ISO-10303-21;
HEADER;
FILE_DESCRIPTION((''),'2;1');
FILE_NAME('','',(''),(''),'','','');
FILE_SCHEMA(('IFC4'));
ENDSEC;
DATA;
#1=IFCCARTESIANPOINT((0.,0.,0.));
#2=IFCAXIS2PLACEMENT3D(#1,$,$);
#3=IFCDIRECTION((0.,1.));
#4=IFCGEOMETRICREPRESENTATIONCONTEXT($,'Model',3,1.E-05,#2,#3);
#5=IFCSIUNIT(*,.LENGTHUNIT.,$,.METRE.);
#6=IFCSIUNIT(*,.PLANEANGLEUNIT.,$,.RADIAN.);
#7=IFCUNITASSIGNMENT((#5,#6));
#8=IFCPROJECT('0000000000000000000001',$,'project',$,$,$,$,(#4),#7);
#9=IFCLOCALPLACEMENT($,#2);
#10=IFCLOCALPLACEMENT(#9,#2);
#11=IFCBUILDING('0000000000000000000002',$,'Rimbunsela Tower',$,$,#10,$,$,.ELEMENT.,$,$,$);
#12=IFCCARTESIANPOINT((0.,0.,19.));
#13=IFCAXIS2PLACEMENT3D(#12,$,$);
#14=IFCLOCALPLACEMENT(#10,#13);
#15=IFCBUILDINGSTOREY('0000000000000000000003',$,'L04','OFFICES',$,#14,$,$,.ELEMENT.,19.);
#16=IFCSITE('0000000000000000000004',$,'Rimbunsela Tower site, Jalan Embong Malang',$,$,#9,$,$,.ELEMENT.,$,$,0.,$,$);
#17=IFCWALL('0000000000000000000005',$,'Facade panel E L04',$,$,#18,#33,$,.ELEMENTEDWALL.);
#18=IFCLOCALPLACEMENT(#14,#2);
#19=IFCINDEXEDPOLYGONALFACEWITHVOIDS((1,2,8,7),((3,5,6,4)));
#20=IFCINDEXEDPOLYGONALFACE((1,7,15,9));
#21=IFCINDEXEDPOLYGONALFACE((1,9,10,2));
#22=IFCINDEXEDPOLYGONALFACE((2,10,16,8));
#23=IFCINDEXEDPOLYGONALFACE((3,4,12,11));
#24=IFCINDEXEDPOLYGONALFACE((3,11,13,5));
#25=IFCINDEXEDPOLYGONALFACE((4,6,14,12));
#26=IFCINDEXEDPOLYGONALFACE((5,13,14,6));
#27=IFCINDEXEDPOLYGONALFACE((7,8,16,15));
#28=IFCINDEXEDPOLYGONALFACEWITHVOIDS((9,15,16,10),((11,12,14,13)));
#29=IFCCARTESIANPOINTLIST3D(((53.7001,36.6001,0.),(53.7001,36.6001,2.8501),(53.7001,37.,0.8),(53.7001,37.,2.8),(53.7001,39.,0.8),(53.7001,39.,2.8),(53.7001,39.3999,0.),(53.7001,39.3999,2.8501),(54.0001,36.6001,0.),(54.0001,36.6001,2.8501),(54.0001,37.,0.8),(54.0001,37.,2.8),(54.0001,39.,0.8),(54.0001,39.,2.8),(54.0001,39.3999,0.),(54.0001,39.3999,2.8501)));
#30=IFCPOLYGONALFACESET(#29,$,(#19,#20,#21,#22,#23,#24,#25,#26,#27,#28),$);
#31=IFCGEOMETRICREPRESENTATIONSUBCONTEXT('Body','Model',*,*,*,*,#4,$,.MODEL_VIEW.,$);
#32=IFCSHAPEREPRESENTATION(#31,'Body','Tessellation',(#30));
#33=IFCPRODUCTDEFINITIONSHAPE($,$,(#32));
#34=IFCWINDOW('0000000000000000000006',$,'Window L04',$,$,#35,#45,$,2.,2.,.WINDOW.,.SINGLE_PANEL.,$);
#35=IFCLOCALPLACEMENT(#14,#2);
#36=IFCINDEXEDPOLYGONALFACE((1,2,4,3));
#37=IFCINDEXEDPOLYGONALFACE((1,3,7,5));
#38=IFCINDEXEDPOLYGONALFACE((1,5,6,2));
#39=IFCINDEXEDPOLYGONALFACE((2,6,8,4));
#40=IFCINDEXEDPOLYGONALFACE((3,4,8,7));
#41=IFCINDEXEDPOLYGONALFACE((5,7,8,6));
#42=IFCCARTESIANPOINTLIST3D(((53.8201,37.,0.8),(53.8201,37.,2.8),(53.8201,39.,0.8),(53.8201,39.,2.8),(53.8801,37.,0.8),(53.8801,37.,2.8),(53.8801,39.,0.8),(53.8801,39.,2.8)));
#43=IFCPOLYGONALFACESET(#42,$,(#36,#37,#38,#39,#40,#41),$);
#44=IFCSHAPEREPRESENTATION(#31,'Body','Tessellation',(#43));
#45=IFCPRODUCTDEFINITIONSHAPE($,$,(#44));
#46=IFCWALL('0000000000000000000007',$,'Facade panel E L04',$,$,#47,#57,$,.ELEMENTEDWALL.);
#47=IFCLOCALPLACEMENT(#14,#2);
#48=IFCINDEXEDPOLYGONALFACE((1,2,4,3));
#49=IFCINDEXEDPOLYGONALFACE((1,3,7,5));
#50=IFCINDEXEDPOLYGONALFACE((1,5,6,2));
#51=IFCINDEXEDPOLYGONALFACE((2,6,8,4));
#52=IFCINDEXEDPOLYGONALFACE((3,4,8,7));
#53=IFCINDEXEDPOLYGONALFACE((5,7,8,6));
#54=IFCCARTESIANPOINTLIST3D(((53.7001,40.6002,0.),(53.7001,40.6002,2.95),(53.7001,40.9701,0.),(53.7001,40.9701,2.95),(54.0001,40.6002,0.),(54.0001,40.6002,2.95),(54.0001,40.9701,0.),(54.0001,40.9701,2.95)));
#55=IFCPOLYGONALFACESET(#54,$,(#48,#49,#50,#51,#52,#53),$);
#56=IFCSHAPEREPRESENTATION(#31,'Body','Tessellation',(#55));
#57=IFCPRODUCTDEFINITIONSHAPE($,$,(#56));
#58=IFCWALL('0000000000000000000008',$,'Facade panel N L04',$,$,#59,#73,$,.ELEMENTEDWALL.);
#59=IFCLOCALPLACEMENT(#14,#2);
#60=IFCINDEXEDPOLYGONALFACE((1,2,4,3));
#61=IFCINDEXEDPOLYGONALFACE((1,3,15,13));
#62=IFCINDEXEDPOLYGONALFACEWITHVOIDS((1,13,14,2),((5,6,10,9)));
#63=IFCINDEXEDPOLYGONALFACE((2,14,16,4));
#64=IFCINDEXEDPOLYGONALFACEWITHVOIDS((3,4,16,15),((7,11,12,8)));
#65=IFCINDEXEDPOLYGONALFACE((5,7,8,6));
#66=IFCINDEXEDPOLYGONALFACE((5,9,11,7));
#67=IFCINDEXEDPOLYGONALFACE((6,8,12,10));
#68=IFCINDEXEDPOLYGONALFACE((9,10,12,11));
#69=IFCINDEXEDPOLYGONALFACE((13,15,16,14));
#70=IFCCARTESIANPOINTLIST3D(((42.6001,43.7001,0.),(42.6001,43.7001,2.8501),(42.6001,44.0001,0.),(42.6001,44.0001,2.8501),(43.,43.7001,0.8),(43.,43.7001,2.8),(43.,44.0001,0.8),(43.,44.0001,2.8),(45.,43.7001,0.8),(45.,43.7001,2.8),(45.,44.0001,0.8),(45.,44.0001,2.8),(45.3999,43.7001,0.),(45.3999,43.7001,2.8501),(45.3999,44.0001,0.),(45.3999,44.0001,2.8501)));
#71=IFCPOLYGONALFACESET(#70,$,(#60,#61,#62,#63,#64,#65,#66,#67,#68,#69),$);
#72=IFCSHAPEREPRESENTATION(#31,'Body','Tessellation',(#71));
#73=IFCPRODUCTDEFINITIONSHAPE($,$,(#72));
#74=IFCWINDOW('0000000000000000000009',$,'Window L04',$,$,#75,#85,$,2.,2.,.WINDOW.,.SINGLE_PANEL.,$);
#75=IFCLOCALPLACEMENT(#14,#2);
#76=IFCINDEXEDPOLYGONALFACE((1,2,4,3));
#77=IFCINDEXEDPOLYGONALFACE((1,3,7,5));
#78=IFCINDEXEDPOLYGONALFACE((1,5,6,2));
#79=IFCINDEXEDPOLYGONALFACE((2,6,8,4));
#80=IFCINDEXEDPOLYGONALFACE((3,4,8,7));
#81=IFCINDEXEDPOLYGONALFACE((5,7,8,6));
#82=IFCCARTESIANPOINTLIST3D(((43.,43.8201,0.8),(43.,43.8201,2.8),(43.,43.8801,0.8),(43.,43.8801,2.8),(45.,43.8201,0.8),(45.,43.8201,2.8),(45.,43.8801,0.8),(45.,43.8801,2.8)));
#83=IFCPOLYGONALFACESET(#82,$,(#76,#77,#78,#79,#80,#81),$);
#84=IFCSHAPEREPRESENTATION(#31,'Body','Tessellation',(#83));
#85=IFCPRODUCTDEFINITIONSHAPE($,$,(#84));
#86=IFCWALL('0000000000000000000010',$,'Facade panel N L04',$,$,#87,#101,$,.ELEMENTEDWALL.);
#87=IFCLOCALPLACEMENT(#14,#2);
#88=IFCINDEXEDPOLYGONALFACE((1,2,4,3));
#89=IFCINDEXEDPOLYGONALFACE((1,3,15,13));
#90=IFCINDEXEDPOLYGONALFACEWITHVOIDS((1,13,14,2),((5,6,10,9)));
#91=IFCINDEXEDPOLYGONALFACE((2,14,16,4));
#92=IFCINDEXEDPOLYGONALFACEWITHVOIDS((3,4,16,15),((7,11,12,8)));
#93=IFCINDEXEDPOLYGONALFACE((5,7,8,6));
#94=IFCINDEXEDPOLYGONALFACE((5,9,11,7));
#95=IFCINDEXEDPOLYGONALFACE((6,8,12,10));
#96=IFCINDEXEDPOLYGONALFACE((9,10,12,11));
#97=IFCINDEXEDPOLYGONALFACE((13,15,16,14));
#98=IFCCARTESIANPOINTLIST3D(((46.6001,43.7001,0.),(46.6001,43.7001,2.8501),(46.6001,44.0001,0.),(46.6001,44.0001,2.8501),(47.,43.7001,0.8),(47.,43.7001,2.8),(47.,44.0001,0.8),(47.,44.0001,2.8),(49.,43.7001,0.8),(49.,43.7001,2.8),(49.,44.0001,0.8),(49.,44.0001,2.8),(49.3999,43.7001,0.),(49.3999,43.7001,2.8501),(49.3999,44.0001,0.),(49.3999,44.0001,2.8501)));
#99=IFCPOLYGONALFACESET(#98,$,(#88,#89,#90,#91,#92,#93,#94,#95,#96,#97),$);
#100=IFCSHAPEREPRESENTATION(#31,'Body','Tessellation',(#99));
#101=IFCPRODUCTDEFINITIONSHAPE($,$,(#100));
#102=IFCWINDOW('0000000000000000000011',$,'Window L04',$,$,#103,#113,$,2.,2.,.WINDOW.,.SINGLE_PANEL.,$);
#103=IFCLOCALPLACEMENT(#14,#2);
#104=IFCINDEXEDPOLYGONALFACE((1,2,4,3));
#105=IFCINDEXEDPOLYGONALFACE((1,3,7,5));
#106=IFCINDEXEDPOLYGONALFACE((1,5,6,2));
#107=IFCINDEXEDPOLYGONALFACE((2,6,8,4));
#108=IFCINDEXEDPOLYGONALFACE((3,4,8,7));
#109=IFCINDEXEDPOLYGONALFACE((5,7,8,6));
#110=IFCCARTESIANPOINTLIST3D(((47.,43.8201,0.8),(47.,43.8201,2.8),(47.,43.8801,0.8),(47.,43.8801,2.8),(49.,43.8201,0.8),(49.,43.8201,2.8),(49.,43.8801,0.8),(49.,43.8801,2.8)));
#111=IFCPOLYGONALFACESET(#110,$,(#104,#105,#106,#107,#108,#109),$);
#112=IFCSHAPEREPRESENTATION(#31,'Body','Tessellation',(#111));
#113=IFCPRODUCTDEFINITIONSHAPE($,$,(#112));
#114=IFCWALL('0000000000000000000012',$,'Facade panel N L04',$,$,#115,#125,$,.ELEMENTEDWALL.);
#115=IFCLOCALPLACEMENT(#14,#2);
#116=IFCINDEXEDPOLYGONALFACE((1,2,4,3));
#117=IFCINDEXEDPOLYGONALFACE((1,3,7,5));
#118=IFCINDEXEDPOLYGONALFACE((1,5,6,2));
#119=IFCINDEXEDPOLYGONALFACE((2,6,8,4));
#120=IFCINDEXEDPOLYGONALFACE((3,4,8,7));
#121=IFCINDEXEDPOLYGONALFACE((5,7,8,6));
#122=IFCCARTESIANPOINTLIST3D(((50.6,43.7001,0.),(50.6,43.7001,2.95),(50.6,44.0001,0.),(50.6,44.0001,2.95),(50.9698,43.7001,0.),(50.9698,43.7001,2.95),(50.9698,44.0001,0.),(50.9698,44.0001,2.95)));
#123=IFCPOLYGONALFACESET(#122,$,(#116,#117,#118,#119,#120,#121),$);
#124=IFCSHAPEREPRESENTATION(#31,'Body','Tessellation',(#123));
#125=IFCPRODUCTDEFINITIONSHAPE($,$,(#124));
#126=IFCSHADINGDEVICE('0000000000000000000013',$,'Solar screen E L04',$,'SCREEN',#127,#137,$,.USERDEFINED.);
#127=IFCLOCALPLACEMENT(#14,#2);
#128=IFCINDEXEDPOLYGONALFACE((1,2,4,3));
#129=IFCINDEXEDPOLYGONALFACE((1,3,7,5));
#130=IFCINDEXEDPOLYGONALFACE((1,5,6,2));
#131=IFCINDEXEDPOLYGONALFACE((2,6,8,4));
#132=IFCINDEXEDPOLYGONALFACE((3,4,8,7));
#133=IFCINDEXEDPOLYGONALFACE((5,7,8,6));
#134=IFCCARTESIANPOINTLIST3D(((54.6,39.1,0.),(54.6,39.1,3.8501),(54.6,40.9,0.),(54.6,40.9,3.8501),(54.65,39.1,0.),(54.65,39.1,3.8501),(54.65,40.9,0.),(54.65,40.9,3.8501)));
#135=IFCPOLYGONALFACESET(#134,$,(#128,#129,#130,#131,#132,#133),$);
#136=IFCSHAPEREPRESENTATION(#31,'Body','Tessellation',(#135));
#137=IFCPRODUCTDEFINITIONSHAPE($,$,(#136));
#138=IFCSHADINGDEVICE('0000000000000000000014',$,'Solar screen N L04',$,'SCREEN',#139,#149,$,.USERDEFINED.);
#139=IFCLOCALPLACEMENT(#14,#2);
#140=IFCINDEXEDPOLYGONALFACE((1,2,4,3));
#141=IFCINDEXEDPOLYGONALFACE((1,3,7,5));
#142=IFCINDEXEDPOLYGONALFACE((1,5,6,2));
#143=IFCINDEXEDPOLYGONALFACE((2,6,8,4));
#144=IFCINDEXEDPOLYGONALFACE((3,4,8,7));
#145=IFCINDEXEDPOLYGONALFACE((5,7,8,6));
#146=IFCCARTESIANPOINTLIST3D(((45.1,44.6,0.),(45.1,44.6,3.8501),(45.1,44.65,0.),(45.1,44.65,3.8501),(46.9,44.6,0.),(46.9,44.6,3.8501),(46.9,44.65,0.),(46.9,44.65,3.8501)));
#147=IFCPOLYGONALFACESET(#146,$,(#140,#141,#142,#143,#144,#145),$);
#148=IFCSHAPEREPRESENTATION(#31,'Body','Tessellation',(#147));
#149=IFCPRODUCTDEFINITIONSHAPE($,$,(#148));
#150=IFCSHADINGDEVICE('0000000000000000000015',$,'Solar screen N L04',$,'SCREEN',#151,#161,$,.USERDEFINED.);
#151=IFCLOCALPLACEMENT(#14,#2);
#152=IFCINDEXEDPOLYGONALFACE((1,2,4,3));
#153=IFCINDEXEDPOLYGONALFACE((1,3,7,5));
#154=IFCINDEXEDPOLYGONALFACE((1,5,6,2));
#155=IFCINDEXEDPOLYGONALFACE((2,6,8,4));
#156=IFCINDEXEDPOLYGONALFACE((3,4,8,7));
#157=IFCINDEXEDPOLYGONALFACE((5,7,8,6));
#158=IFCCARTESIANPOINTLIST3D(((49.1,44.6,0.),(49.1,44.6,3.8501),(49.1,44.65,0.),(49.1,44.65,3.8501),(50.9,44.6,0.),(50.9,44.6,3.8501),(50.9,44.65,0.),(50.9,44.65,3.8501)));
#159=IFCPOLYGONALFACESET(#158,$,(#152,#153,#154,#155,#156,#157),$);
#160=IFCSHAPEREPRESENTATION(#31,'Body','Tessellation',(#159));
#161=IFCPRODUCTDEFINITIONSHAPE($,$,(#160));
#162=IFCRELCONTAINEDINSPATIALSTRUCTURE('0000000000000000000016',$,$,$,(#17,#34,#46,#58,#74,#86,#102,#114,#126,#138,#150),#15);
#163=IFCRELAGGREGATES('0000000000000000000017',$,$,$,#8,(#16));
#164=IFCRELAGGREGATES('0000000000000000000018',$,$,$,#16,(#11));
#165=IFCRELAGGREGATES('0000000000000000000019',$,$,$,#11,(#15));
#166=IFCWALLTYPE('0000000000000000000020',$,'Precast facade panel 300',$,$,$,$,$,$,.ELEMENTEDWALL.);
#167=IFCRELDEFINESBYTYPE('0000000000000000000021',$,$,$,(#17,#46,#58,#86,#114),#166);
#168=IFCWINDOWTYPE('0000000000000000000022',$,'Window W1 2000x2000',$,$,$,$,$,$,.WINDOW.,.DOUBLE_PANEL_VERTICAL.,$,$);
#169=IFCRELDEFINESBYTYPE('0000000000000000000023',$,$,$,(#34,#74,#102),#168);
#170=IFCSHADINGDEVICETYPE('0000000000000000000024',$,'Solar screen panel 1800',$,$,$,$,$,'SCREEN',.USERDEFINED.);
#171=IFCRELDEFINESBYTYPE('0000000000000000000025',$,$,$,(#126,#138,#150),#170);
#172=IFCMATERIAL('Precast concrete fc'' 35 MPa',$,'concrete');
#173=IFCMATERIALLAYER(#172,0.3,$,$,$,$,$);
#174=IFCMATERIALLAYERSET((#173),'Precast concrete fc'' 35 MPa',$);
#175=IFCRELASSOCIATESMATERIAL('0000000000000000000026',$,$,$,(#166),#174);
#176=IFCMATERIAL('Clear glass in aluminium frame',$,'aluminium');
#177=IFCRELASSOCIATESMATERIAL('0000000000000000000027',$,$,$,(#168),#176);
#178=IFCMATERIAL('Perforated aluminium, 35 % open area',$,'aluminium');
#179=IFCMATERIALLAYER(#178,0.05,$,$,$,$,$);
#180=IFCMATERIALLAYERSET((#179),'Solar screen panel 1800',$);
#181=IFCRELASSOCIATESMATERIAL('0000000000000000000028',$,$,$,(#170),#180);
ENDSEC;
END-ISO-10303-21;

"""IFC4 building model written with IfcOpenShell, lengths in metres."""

from ifc_helpers import new_model, si_unit, direction, frame, frame_2d, origin, origin_2d, place, context, subcontext, project, spatial, rectangle, extrude, material, layer, layer_set, type_object, element, fill, save


model = new_model("IFC4")

# Units and contexts
model_context = context("Model", 3, precision=1e-05, world=origin(), true_north=direction((0.0, 1.0)))
body_context = subcontext(model_context, "Body", "Model", "MODEL_VIEW")
ifc_project = project(units=[si_unit("LENGTHUNIT", "METRE"), si_unit("PLANEANGLEUNIT", "RADIAN")], contexts=[model_context])

# Site, building, storey
site_placement = place(None, origin())
site = spatial("IfcSite", under=ifc_project, at=site_placement, Name="Rimbunsela Tower site, Jalan Embong Malang", CompositionType="ELEMENT", RefElevation=0.0)
building_placement = place(site_placement, origin())
building = spatial("IfcBuilding", under=site, at=building_placement, Name="Rimbunsela Tower", CompositionType="ELEMENT")
storey_placement = place(building_placement, frame((0.0, 0.0, 19.0)))
storey = spatial("IfcBuildingStorey", under=building, at=storey_placement, Name="L04", Description="OFFICES", CompositionType="ELEMENT", Elevation=19.0)

# Wall, opening, window
ifc_material_1 = material(Name="Precast concrete fc' 35 MPa", Category="concrete")
ifc_layer_1 = layer(ifc_material_1, 0.3)
ifc_layer_set_1 = layer_set([ifc_layer_1], Name="Precast concrete fc' 35 MPa")
wall_type_1 = type_object("IfcWallType", Name="Precast facade panel 300", PredefinedType="ELEMENTEDWALL", material=ifc_layer_set_1)
wall_1_placement = place(storey_placement, frame((53.8501, 36.6001, 0.0), z_axis=(0.0, 0.0, 1.0), x_axis=(0.0, 1.0, 0.0)))
wall_1 = element("IfcWall", 1, at=wall_1_placement, inside=storey, type_object=wall_type_1, Name="Facade panel E L04", PredefinedType="ELEMENTEDWALL", context=body_context, shape_type="SweptSolid", body=[
    extrude(rectangle(XDim=2.7998, YDim=0.3, at=frame_2d((1.3999, 0.0))), origin(), (0.0, 0.0, 1.0), 2.8501),
])
opening_1_placement = place(wall_1_placement, frame((0.3999, 0.0, 0.8)))
opening_1 = element("IfcOpeningElement", 2, at=opening_1_placement, cuts=wall_1, PredefinedType="OPENING", context=body_context, shape_type="SweptSolid", body=[
    extrude(rectangle(XDim=2.0, YDim=2.0, at=frame_2d((1.0, 1.0))), frame((0.0, 0.1599, 0.0), z_axis=(0.0, -1.0, 0.0), x_axis=(1.0, 0.0, 0.0)), (0.0, 0.0, 1.0), 0.3201),
])
ifc_material_2 = material(Name="Clear glass in aluminium frame", Category="aluminium")
window_type = type_object("IfcWindowType", Name="Window W1 2000x2000", PartitioningType="DOUBLE_PANEL_VERTICAL", PredefinedType="WINDOW", material=ifc_material_2)
window_1_placement = place(opening_1_placement, origin())
window_1 = element("IfcWindow", 3, at=window_1_placement, inside=storey, type_object=window_type, Name="Window L04", OverallHeight=2.0, OverallWidth=2.0, PartitioningType="SINGLE_PANEL", PredefinedType="WINDOW", context=body_context, shape_type="SweptSolid", body=[
    extrude(rectangle(XDim=2.0, YDim=2.0, at=frame_2d((1.0, 1.0))), frame((0.0, 0.03, 0.0), z_axis=(0.0, -1.0, 0.0), x_axis=(1.0, 0.0, 0.0)), (0.0, 0.0, 1.0), 0.0601),
])
fill(opening_1, window_1)

# Wall
wall_2_placement = place(storey_placement, frame((53.8501, 40.6001, 0.0), z_axis=(0.0, 0.0, 1.0), x_axis=(0.0, 1.0, 0.0)))
element("IfcWall", 4, at=wall_2_placement, inside=storey, type_object=wall_type_1, Name="Facade panel E L04", PredefinedType="ELEMENTEDWALL", context=body_context, shape_type="SweptSolid", body=[
    extrude(rectangle(XDim=0.3699, YDim=0.3, at=frame_2d((0.1851, 0.0))), origin(), (0.0, 0.0, 1.0), 2.95),
])

# Walls, openings, windows
wall_3_placement = place(storey_placement, frame((45.3999, 43.8501, 0.0), z_axis=(0.0, 0.0, 1.0), x_axis=(-1.0, 0.0, 0.0)))
wall_3 = element("IfcWall", 5, at=wall_3_placement, inside=storey, type_object=wall_type_1, Name="Facade panel N L04", PredefinedType="ELEMENTEDWALL", context=body_context, shape_type="SweptSolid", body=[
    extrude(rectangle(XDim=2.7998, YDim=0.3, at=frame_2d((1.3999, 0.0))), origin(), (0.0, 0.0, 1.0), 2.8501),
])
opening_2_placement = place(wall_3_placement, frame((0.3999, 0.0, 0.8)))
opening_2 = element("IfcOpeningElement", 6, at=opening_2_placement, cuts=wall_3, PredefinedType="OPENING", context=body_context, shape_type="SweptSolid", body=[
    extrude(rectangle(XDim=2.0, YDim=2.0, at=frame_2d((1.0, 1.0))), frame((0.0, 0.1599, 0.0), z_axis=(0.0, -1.0, 0.0), x_axis=(1.0, 0.0, 0.0)), (0.0, 0.0, 1.0), 0.3201),
])
window_2_placement = place(opening_2_placement, origin())
window_2 = element("IfcWindow", 7, at=window_2_placement, inside=storey, type_object=window_type, Name="Window L04", OverallHeight=2.0, OverallWidth=2.0, PartitioningType="SINGLE_PANEL", PredefinedType="WINDOW", context=body_context, shape_type="SweptSolid", body=[
    extrude(rectangle(XDim=2.0, YDim=2.0, at=frame_2d((1.0, 1.0))), frame((0.0, 0.03, 0.0), z_axis=(0.0, -1.0, 0.0), x_axis=(1.0, 0.0, 0.0)), (0.0, 0.0, 1.0), 0.0601),
])
fill(opening_2, window_2)
wall_4_placement = place(storey_placement, frame((49.3999, 43.8501, 0.0), z_axis=(0.0, 0.0, 1.0), x_axis=(-1.0, 0.0, 0.0)))
wall_4 = element("IfcWall", 8, at=wall_4_placement, inside=storey, type_object=wall_type_1, Name="Facade panel N L04", PredefinedType="ELEMENTEDWALL", context=body_context, shape_type="SweptSolid", body=[
    extrude(rectangle(XDim=2.7998, YDim=0.3, at=frame_2d((1.3999, 0.0))), origin(), (0.0, 0.0, 1.0), 2.8501),
])
opening_3_placement = place(wall_4_placement, frame((0.3999, 0.0, 0.8)))
opening_3 = element("IfcOpeningElement", 9, at=opening_3_placement, cuts=wall_4, PredefinedType="OPENING", context=body_context, shape_type="SweptSolid", body=[
    extrude(rectangle(XDim=2.0, YDim=2.0, at=frame_2d((1.0, 1.0))), frame((0.0, 0.1599, 0.0), z_axis=(0.0, -1.0, 0.0), x_axis=(1.0, 0.0, 0.0)), (0.0, 0.0, 1.0), 0.3201),
])
window_3_placement = place(opening_3_placement, origin())
window_3 = element("IfcWindow", 10, at=window_3_placement, inside=storey, type_object=window_type, Name="Window L04", OverallHeight=2.0, OverallWidth=2.0, PartitioningType="SINGLE_PANEL", PredefinedType="WINDOW", context=body_context, shape_type="SweptSolid", body=[
    extrude(rectangle(XDim=2.0, YDim=2.0, at=frame_2d((1.0, 1.0))), frame((0.0, 0.03, 0.0), z_axis=(0.0, -1.0, 0.0), x_axis=(1.0, 0.0, 0.0)), (0.0, 0.0, 1.0), 0.0601),
])
fill(opening_3, window_3)

# Wall
wall_5_placement = place(storey_placement, frame((50.97, 43.8501, 0.0), z_axis=(0.0, 0.0, 1.0), x_axis=(-1.0, 0.0, 0.0)))
element("IfcWall", 11, at=wall_5_placement, inside=storey, type_object=wall_type_1, Name="Facade panel N L04", PredefinedType="ELEMENTEDWALL", context=body_context, shape_type="SweptSolid", body=[
    extrude(rectangle(XDim=0.3699, YDim=0.3, at=frame_2d((0.1851, 0.0))), origin(), (0.0, 0.0, 1.0), 2.95),
])

# Shading devices
ifc_material_3 = material(Name="Perforated aluminium, 35 % open area", Category="aluminium")
ifc_layer_2 = layer(ifc_material_3, 0.05)
ifc_layer_set_2 = layer_set([ifc_layer_2], Name="Solar screen panel 1800")
shading_device_type = type_object("IfcShadingDeviceType", Name="Solar screen panel 1800", ElementType="SCREEN", PredefinedType="USERDEFINED", material=ifc_layer_set_2)
for number, where, z_axis, x_axis, name in (
    (12, (54.625, 40.0, 0.0), (0.0, 0.0, 1.0), (0.0, 1.0, 0.0), "Solar screen E L04"),
    (13, (46.0, 44.625, 0.0), (0.0, 0.0, 1.0), (1.0, 0.0, 0.0), "Solar screen N L04"),
    (14, (50.0, 44.625, 0.0), (0.0, 0.0, 1.0), (1.0, 0.0, 0.0), "Solar screen N L04"),
):
    element("IfcShadingDevice", number, at=place(storey_placement, frame(where, z_axis=z_axis, x_axis=x_axis)), inside=storey, type_object=shading_device_type, Name=name, ObjectType="SCREEN", PredefinedType="USERDEFINED", context=body_context, shape_type="SweptSolid", body=[
        extrude(rectangle(XDim=1.8, YDim=0.05, at=origin_2d()), origin(), (0.0, 0.0, 1.0), 3.8501),
    ])

save(model, "model.ifc")
